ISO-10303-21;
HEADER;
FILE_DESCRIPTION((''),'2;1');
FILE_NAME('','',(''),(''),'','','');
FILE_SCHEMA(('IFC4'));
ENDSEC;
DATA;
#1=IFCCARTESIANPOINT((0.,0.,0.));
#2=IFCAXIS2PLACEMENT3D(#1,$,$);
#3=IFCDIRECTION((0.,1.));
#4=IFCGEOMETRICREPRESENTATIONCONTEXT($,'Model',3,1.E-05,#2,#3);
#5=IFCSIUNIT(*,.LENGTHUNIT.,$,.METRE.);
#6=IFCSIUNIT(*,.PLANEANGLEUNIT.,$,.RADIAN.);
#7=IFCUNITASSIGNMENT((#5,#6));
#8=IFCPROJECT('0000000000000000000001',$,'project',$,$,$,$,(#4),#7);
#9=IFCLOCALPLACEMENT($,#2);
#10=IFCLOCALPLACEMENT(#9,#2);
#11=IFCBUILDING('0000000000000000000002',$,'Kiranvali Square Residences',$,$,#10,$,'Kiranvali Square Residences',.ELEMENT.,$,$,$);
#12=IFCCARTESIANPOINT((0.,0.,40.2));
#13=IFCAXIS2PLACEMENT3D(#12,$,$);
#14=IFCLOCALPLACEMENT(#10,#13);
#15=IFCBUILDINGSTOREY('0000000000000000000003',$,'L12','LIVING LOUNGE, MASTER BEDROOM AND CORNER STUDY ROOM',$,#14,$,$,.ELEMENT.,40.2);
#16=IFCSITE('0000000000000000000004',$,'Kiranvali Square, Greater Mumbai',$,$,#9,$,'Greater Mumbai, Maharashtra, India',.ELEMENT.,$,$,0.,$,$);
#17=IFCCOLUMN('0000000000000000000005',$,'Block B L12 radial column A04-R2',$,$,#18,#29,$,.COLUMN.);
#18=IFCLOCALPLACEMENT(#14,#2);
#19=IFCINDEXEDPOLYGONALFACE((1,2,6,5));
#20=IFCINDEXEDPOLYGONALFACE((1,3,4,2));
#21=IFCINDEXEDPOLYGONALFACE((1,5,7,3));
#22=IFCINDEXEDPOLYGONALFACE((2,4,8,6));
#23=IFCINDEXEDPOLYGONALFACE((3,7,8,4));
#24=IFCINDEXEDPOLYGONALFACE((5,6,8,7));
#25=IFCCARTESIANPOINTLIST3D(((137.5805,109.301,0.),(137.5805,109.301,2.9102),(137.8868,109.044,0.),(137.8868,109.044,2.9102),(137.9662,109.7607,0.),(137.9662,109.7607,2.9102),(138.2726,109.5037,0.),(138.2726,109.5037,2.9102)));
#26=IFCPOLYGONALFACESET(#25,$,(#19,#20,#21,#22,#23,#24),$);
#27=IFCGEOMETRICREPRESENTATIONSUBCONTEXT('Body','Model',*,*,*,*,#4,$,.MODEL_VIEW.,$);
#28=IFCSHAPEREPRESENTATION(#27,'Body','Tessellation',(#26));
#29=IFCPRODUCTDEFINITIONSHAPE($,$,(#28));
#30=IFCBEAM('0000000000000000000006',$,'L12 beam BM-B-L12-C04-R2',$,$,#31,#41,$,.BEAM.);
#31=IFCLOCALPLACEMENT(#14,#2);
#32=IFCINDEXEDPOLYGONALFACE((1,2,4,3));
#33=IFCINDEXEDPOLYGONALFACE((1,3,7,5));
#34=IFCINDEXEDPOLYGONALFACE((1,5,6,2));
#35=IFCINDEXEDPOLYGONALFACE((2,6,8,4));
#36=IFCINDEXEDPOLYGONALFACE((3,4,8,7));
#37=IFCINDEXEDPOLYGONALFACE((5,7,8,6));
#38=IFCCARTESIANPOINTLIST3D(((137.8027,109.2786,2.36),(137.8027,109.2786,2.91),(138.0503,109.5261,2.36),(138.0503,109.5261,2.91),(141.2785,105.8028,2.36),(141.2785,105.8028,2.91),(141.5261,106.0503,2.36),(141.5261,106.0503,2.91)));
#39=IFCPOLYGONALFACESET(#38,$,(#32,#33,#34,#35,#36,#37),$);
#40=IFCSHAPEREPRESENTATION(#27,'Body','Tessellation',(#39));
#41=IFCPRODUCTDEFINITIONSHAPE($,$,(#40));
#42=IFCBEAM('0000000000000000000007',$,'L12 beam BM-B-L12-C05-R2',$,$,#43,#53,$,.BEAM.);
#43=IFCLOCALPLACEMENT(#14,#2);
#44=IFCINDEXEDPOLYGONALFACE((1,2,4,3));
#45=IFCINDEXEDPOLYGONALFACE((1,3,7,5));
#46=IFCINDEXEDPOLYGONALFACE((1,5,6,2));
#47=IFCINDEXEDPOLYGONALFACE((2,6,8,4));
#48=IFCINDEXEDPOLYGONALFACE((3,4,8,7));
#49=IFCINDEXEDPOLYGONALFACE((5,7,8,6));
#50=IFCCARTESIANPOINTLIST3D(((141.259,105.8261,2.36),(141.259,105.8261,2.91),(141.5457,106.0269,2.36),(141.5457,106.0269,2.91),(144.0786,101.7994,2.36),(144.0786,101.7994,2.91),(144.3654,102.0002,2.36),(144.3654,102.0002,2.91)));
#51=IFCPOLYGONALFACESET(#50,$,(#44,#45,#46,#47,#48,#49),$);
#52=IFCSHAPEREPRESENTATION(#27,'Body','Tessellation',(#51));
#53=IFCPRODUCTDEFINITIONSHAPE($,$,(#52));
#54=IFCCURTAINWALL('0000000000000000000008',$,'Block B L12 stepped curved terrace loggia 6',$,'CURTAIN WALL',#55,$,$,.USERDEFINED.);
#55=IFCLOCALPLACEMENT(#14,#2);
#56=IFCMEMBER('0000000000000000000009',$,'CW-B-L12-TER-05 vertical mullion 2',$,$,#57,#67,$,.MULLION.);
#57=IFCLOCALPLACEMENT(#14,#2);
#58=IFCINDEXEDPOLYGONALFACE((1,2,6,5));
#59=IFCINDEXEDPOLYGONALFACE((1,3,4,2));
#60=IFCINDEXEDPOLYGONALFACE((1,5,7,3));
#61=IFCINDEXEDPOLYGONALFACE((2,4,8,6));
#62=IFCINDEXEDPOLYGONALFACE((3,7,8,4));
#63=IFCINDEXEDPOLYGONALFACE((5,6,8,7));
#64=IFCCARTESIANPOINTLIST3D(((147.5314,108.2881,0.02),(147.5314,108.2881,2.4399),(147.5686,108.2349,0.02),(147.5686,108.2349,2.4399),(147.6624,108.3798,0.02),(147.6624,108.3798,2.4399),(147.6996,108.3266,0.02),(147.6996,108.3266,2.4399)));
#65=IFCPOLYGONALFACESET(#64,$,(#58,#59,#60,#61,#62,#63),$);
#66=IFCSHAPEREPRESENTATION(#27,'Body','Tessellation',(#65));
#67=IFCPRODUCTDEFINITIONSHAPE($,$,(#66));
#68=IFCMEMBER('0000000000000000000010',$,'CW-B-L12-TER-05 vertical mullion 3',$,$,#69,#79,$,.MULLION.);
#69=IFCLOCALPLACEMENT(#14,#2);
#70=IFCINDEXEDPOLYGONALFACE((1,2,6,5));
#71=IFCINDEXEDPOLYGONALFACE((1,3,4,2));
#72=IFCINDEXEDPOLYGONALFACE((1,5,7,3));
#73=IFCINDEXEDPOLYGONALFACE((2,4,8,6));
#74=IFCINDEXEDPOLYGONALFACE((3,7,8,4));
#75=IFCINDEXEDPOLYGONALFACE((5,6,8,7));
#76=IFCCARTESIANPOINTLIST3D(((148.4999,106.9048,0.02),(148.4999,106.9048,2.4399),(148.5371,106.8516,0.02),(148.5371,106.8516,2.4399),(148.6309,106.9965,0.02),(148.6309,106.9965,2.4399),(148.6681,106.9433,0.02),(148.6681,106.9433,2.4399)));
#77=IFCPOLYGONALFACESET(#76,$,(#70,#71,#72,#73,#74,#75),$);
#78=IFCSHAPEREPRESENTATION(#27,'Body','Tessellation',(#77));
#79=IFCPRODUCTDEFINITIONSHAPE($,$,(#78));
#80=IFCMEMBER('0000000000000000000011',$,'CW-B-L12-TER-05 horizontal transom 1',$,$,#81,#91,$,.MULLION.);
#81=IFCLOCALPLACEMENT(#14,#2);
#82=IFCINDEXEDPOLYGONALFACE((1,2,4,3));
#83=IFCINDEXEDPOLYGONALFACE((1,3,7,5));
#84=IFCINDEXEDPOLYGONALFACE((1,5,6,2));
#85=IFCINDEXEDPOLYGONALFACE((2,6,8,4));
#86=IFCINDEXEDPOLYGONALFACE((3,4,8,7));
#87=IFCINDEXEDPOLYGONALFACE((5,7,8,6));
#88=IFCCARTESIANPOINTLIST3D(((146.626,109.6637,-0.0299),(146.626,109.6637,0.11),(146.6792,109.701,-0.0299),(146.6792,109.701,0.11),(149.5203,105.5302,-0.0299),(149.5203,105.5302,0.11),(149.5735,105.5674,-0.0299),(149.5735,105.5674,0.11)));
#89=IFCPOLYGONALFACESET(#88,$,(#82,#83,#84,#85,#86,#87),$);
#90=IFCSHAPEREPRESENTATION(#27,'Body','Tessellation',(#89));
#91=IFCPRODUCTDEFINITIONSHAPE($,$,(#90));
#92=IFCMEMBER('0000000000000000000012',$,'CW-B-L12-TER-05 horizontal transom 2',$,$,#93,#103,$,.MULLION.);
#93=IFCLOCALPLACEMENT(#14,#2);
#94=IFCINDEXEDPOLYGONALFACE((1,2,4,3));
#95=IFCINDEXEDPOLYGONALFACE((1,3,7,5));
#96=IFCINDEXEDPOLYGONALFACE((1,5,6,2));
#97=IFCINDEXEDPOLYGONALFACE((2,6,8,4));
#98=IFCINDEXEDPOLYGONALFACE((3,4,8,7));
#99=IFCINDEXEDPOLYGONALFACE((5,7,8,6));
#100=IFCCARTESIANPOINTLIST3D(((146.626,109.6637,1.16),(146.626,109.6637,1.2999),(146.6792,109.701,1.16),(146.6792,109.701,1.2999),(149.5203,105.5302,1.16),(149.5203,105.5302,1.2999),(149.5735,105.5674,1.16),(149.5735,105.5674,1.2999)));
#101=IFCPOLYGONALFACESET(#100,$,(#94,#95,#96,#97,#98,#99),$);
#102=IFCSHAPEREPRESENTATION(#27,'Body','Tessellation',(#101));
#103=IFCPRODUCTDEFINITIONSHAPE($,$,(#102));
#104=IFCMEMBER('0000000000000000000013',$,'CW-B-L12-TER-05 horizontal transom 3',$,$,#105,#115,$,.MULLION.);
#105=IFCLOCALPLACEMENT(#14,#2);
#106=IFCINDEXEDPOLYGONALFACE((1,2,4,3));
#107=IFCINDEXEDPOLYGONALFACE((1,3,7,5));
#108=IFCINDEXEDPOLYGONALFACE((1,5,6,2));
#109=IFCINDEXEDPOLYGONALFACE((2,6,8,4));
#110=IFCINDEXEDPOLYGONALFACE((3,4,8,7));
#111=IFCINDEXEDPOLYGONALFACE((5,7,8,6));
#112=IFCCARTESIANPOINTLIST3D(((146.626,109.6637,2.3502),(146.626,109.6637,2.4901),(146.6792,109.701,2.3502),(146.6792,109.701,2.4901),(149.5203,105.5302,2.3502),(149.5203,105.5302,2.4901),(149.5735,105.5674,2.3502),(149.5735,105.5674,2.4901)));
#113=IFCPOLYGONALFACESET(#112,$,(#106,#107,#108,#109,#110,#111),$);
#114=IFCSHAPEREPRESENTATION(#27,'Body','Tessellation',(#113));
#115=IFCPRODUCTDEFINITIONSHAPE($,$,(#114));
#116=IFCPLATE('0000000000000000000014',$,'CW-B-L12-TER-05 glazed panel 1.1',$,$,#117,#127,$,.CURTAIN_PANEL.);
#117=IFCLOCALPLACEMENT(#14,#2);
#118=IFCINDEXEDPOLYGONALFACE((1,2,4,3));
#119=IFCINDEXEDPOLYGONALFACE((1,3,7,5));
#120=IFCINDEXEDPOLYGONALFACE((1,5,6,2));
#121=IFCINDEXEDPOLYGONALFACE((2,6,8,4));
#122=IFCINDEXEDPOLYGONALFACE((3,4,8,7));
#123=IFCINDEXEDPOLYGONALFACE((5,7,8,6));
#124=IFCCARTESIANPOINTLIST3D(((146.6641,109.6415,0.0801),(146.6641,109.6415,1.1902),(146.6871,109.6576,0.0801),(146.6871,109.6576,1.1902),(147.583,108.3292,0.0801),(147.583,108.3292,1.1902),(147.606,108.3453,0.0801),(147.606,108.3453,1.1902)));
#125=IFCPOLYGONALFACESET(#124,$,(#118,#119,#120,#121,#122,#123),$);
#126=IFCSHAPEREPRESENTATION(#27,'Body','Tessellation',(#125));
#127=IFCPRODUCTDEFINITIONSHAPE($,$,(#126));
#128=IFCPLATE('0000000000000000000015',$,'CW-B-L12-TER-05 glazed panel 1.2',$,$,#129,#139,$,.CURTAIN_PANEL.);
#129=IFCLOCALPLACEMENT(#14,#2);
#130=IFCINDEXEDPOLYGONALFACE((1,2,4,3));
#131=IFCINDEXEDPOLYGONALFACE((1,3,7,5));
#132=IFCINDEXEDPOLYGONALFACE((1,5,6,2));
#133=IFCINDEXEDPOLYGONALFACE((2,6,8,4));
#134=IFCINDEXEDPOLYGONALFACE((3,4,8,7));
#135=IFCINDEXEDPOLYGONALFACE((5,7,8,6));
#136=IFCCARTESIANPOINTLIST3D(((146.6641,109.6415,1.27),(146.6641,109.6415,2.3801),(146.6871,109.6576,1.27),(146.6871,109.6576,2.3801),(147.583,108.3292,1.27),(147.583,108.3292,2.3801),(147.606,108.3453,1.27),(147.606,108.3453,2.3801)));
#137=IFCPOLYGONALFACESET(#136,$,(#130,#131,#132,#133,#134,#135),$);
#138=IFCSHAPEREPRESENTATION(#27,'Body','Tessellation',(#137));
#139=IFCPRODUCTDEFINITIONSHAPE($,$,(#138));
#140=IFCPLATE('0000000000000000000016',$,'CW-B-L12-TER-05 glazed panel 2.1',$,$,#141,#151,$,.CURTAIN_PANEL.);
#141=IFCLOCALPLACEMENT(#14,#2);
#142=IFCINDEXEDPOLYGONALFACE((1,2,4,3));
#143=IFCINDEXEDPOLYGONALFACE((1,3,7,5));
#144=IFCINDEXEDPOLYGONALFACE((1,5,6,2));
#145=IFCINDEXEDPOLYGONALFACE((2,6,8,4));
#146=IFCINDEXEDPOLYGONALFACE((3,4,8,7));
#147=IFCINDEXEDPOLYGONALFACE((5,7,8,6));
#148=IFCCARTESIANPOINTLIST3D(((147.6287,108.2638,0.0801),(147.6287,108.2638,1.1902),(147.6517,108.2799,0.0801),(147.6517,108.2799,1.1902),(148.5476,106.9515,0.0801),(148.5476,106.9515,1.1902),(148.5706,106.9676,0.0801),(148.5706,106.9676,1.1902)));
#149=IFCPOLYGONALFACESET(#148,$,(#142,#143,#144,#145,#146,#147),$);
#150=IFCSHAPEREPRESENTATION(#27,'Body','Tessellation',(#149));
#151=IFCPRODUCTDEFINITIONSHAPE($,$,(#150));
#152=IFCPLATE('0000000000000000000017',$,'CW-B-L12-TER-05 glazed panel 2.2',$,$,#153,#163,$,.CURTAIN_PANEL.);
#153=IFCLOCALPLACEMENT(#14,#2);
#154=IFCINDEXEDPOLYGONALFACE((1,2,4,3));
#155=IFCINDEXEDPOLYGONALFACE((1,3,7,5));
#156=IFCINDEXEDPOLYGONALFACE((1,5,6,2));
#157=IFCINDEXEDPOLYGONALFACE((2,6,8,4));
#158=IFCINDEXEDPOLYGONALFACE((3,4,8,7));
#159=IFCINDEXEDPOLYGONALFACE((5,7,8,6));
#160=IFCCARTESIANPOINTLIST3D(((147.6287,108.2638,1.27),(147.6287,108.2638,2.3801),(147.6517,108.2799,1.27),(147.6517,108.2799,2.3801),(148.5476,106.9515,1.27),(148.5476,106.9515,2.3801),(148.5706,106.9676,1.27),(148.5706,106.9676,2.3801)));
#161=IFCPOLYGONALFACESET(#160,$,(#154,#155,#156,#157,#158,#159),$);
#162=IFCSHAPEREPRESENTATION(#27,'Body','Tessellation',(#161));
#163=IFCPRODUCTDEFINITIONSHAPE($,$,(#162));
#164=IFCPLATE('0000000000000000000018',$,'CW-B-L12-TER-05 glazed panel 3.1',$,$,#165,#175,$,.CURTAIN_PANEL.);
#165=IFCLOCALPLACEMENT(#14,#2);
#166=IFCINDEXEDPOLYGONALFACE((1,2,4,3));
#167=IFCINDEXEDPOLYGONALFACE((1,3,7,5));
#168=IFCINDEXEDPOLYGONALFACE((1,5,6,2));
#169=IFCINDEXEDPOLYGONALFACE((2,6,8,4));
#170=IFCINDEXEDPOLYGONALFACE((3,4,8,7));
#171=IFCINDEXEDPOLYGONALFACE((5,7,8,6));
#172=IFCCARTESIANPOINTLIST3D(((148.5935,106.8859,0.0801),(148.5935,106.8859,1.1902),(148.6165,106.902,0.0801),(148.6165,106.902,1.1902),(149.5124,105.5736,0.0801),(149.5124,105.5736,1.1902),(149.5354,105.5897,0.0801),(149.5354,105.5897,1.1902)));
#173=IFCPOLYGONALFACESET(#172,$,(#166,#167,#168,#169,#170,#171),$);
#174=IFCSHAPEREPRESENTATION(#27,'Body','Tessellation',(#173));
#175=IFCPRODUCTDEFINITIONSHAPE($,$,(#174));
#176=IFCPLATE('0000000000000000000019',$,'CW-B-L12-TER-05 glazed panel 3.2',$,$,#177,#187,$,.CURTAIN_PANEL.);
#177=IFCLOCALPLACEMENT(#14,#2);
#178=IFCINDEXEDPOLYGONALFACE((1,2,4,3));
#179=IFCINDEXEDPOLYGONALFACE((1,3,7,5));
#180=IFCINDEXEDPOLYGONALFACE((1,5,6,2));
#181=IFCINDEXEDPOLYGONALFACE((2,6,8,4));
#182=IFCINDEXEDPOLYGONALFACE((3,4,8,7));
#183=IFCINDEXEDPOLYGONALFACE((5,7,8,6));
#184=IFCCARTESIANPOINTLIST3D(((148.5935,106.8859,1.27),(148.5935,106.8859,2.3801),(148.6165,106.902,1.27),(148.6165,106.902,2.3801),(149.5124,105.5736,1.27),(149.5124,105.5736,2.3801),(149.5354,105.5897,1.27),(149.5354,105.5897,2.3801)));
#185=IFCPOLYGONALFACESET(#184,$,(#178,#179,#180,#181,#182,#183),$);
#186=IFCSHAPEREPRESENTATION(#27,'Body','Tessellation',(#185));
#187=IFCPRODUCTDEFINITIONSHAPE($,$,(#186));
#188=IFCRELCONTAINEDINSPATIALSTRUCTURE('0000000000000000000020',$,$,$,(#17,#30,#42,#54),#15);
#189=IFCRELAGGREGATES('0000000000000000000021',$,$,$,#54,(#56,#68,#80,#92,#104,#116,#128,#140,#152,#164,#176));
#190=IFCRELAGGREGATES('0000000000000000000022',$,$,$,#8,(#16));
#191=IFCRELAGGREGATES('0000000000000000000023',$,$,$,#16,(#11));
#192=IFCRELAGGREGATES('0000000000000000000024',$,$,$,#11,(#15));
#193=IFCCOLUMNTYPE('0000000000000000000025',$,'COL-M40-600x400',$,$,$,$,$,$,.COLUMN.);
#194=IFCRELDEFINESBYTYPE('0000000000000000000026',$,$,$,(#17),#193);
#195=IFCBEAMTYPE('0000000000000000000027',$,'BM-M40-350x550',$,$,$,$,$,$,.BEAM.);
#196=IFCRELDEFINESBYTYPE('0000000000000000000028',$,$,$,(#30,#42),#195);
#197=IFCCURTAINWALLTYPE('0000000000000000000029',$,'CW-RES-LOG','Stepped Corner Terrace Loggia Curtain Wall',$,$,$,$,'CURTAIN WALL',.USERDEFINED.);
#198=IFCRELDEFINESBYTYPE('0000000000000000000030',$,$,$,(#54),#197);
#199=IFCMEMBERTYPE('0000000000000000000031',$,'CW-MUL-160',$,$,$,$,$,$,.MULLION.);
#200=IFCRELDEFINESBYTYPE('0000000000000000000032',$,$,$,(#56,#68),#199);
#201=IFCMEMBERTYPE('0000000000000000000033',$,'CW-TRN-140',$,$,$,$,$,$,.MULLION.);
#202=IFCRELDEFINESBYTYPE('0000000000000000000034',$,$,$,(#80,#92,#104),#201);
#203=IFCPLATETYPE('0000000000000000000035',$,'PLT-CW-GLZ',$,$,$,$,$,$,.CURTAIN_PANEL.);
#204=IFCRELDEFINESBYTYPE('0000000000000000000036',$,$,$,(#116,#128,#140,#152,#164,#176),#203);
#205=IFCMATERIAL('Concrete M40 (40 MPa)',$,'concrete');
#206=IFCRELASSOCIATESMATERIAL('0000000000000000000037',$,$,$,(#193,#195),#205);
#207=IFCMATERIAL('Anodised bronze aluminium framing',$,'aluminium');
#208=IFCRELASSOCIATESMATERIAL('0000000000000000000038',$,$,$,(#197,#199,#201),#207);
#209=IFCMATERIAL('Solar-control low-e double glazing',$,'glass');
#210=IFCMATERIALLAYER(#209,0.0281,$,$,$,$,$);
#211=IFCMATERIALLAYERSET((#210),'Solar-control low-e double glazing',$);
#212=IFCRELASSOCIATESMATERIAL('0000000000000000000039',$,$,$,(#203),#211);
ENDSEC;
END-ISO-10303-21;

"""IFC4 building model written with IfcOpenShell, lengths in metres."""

from ifc_helpers import new_model, si_unit, direction, frame, origin, origin_2d, place, context, subcontext, project, spatial, rectangle, extrude, material, layer, layer_set, material_profile, profile_set, type_object, element, aggregate, save


model = new_model("IFC4")

# Units and contexts
model_context = context("Model", 3, precision=1e-05, world=origin(), true_north=direction((0.0, 1.0)))
body_context = subcontext(model_context, "Body", "Model", "MODEL_VIEW")
ifc_project = project(units=[si_unit("LENGTHUNIT", "METRE"), si_unit("PLANEANGLEUNIT", "RADIAN")], contexts=[model_context])

# Site, building, storey
site_placement = place(None, origin())
site = spatial("IfcSite", under=ifc_project, at=site_placement, Name="Kiranvali Square, Greater Mumbai", LongName="Greater Mumbai, Maharashtra, India", CompositionType="ELEMENT", RefElevation=0.0)
building_placement = place(site_placement, origin())
building = spatial("IfcBuilding", under=site, at=building_placement, Name="Kiranvali Square Residences", LongName="Kiranvali Square Residences", CompositionType="ELEMENT")
storey_placement = place(building_placement, frame((0.0, 0.0, 40.2)))
storey = spatial("IfcBuildingStorey", under=building, at=storey_placement, Name="L12", Description="LIVING LOUNGE, MASTER BEDROOM AND CORNER STUDY ROOM", CompositionType="ELEMENT", Elevation=40.2)

# Column
ifc_material_1 = material(Name="Concrete M40 (40 MPa)", Category="concrete")
ifc_material_profile_1 = material_profile(ifc_material_1, rectangle(XDim=0.3999, YDim=0.6001, at=origin_2d()), Name="RC 600x400")
ifc_profile_set_1 = profile_set([ifc_material_profile_1], Name="Concrete M40 (40 MPa)")
column_type = type_object("IfcColumnType", Name="COL-M40-600x400", PredefinedType="COLUMN", material=ifc_profile_set_1)
column_placement = place(storey_placement, frame((137.9265, 109.4023, 0.0), z_axis=(0.0, 0.0, 1.0), x_axis=(-0.766044, 0.642788, 0.0)))
element("IfcColumn", 1, at=column_placement, inside=storey, type_object=column_type, Name="Block B L12 radial column A04-R2", PredefinedType="COLUMN", context=body_context, shape_type="SweptSolid", body=[
    extrude(rectangle(XDim=0.3999, YDim=0.6001, at=origin_2d()), origin(), (0.0, 0.0, 1.0), 2.9102),
])

# Beams
ifc_material_profile_2 = material_profile(ifc_material_1, rectangle(XDim=0.3501, YDim=0.55, at=origin_2d()), Name="RC 350x550")
ifc_profile_set_2 = profile_set([ifc_material_profile_2], Name="Concrete M40 (40 MPa)")
beam_type = type_object("IfcBeamType", Name="BM-M40-350x550", PredefinedType="BEAM", material=ifc_profile_set_2)
beam_1_placement = place(storey_placement, frame((137.9265, 109.4023, 2.635), z_axis=(0.707107, -0.707107, 0.0), x_axis=(0.707107, 0.707107, 0.0)))
element("IfcBeam", 2, at=beam_1_placement, inside=storey, type_object=beam_type, Name="L12 beam BM-B-L12-C04-R2", PredefinedType="BEAM", context=body_context, shape_type="SweptSolid", body=[
    extrude(rectangle(XDim=0.3501, YDim=0.55, at=origin_2d()), origin(), (0.0, 0.0, 1.0), 4.9155),
])
beam_2_placement = place(storey_placement, frame((141.4023, 105.9265, 2.635), z_axis=(0.573592, -0.819141, 0.0), x_axis=(0.819141, 0.573592, 0.0)))
element("IfcBeam", 3, at=beam_2_placement, inside=storey, type_object=beam_type, Name="L12 beam BM-B-L12-C05-R2", PredefinedType="BEAM", context=body_context, shape_type="SweptSolid", body=[
    extrude(rectangle(XDim=0.3501, YDim=0.55, at=origin_2d()), origin(), (0.0, 0.0, 1.0), 4.9158),
])

# Curtain wall, members, plates
ifc_material_2 = material(Name="Anodised bronze aluminium framing", Category="aluminium")
curtain_wall_type = type_object("IfcCurtainWallType", Name="CW-RES-LOG", Description="Stepped Corner Terrace Loggia Curtain Wall", ElementType="CURTAIN WALL", PredefinedType="USERDEFINED", material=ifc_material_2)
curtain_wall_placement = place(storey_placement, origin())
curtain_wall = element("IfcCurtainWall", 4, at=curtain_wall_placement, inside=storey, type_object=curtain_wall_type, Name="Block B L12 stepped curved terrace loggia 6", ObjectType="CURTAIN WALL", PredefinedType="USERDEFINED")
ifc_material_profile_3 = material_profile(ifc_material_2, rectangle(XDim=0.0649, YDim=0.1599, at=origin_2d()), Name="ALU 65x160")
ifc_profile_set_3 = profile_set([ifc_material_profile_3], Name="Anodised bronze aluminium framing")
member_type_1 = type_object("IfcMemberType", Name="CW-MUL-160", PredefinedType="MULLION", material=ifc_profile_set_3)
member_1_placement = place(storey_placement, frame((147.6155, 108.3074, 0.02), z_axis=(0.0, 0.0, 1.0), x_axis=(0.573576, -0.819152, 0.0)))
member_1 = element("IfcMember", 5, at=member_1_placement, type_object=member_type_1, Name="CW-B-L12-TER-05 vertical mullion 2", PredefinedType="MULLION", context=body_context, shape_type="SweptSolid", body=[
    extrude(rectangle(XDim=0.0649, YDim=0.1599, at=origin_2d()), origin(), (0.0, 0.0, 1.0), 2.4199),
])
member_2_placement = place(storey_placement, frame((148.584, 106.9241, 0.02), z_axis=(0.0, 0.0, 1.0), x_axis=(0.573576, -0.819152, 0.0)))
member_2 = element("IfcMember", 6, at=member_2_placement, type_object=member_type_1, Name="CW-B-L12-TER-05 vertical mullion 3", PredefinedType="MULLION", context=body_context, shape_type="SweptSolid", body=[
    extrude(rectangle(XDim=0.0649, YDim=0.1599, at=origin_2d()), origin(), (0.0, 0.0, 1.0), 2.4199),
])
ifc_material_profile_4 = material_profile(ifc_material_2, rectangle(XDim=0.0649, YDim=0.1399, at=origin_2d()), Name="ALU 65x140")
ifc_profile_set_4 = profile_set([ifc_material_profile_4], Name="Anodised bronze aluminium framing")
member_type_2 = type_object("IfcMemberType", Name="CW-TRN-140", PredefinedType="MULLION", material=ifc_profile_set_4)
member_3_placement = place(storey_placement, frame((146.6526, 109.6824, 0.04), z_axis=(0.573569, -0.819157, 0.0), x_axis=(0.819157, 0.573569, 0.0)))
member_3 = element("IfcMember", 7, at=member_3_placement, type_object=member_type_2, Name="CW-B-L12-TER-05 horizontal transom 1", PredefinedType="MULLION", context=body_context, shape_type="SweptSolid", body=[
    extrude(rectangle(XDim=0.0649, YDim=0.1399, at=origin_2d()), origin(), (0.0, 0.0, 1.0), 5.0461),
])
member_4_placement = place(storey_placement, frame((146.6526, 109.6824, 1.23), z_axis=(0.573569, -0.819157, 0.0), x_axis=(0.819157, 0.573569, 0.0)))
member_4 = element("IfcMember", 8, at=member_4_placement, type_object=member_type_2, Name="CW-B-L12-TER-05 horizontal transom 2", PredefinedType="MULLION", context=body_context, shape_type="SweptSolid", body=[
    extrude(rectangle(XDim=0.0649, YDim=0.1399, at=origin_2d()), origin(), (0.0, 0.0, 1.0), 5.0461),
])
member_5_placement = place(storey_placement, frame((146.6526, 109.6824, 2.4202), z_axis=(0.573569, -0.819157, 0.0), x_axis=(0.819157, 0.573569, 0.0)))
member_5 = element("IfcMember", 9, at=member_5_placement, type_object=member_type_2, Name="CW-B-L12-TER-05 horizontal transom 3", PredefinedType="MULLION", context=body_context, shape_type="SweptSolid", body=[
    extrude(rectangle(XDim=0.0649, YDim=0.1399, at=origin_2d()), origin(), (0.0, 0.0, 1.0), 5.0461),
])
ifc_material_3 = material(Name="Solar-control low-e double glazing", Category="glass")
ifc_layer_1 = layer(ifc_material_3, 0.0281)
ifc_layer_set_1 = layer_set([ifc_layer_1], Name="Solar-control low-e double glazing")
plate_type = type_object("IfcPlateType", Name="PLT-CW-GLZ", PredefinedType="CURTAIN_PANEL", material=ifc_layer_set_1)
plate_1_placement = place(storey_placement, frame((147.135, 108.9934, 0.0801), z_axis=(0.0, 0.0, 1.0), x_axis=(0.573576, -0.819152, 0.0)))
plate_1 = element("IfcPlate", 10, at=plate_1_placement, type_object=plate_type, Name="CW-B-L12-TER-05 glazed panel 1.1", PredefinedType="CURTAIN_PANEL", context=body_context, shape_type="SweptSolid", body=[
    extrude(rectangle(XDim=1.6021, YDim=0.0281, at=origin_2d()), origin(), (0.0, 0.0, 1.0), 1.1101),
])
plate_2_placement = place(storey_placement, frame((147.135, 108.9934, 1.27), z_axis=(0.0, 0.0, 1.0), x_axis=(0.573576, -0.819152, 0.0)))
plate_2 = element("IfcPlate", 11, at=plate_2_placement, type_object=plate_type, Name="CW-B-L12-TER-05 glazed panel 1.2", PredefinedType="CURTAIN_PANEL", context=body_context, shape_type="SweptSolid", body=[
    extrude(rectangle(XDim=1.6021, YDim=0.0281, at=origin_2d()), origin(), (0.0, 0.0, 1.0), 1.1101),
])
plate_3_placement = place(storey_placement, frame((148.0996, 107.6157, 0.0801), z_axis=(0.0, 0.0, 1.0), x_axis=(0.573576, -0.819152, 0.0)))
plate_3 = element("IfcPlate", 12, at=plate_3_placement, type_object=plate_type, Name="CW-B-L12-TER-05 glazed panel 2.1", PredefinedType="CURTAIN_PANEL", context=body_context, shape_type="SweptSolid", body=[
    extrude(rectangle(XDim=1.6021, YDim=0.0281, at=origin_2d()), origin(), (0.0, 0.0, 1.0), 1.1101),
])
plate_4_placement = place(storey_placement, frame((148.0996, 107.6157, 1.27), z_axis=(0.0, 0.0, 1.0), x_axis=(0.573576, -0.819152, 0.0)))
plate_4 = element("IfcPlate", 13, at=plate_4_placement, type_object=plate_type, Name="CW-B-L12-TER-05 glazed panel 2.2", PredefinedType="CURTAIN_PANEL", context=body_context, shape_type="SweptSolid", body=[
    extrude(rectangle(XDim=1.6021, YDim=0.0281, at=origin_2d()), origin(), (0.0, 0.0, 1.0), 1.1101),
])
plate_5_placement = place(storey_placement, frame((149.0645, 106.2378, 0.0801), z_axis=(0.0, 0.0, 1.0), x_axis=(0.573576, -0.819152, 0.0)))
plate_5 = element("IfcPlate", 14, at=plate_5_placement, type_object=plate_type, Name="CW-B-L12-TER-05 glazed panel 3.1", PredefinedType="CURTAIN_PANEL", context=body_context, shape_type="SweptSolid", body=[
    extrude(rectangle(XDim=1.6021, YDim=0.0281, at=origin_2d()), origin(), (0.0, 0.0, 1.0), 1.1101),
])
plate_6_placement = place(storey_placement, frame((149.0645, 106.2378, 1.27), z_axis=(0.0, 0.0, 1.0), x_axis=(0.573576, -0.819152, 0.0)))
plate_6 = element("IfcPlate", 15, at=plate_6_placement, type_object=plate_type, Name="CW-B-L12-TER-05 glazed panel 3.2", PredefinedType="CURTAIN_PANEL", context=body_context, shape_type="SweptSolid", body=[
    extrude(rectangle(XDim=1.6021, YDim=0.0281, at=origin_2d()), origin(), (0.0, 0.0, 1.0), 1.1101),
])
aggregate(curtain_wall, [member_1, member_2, member_3, member_4, member_5, plate_1, plate_2, plate_3, plate_4, plate_5, plate_6])

save(model, "model.ifc")
